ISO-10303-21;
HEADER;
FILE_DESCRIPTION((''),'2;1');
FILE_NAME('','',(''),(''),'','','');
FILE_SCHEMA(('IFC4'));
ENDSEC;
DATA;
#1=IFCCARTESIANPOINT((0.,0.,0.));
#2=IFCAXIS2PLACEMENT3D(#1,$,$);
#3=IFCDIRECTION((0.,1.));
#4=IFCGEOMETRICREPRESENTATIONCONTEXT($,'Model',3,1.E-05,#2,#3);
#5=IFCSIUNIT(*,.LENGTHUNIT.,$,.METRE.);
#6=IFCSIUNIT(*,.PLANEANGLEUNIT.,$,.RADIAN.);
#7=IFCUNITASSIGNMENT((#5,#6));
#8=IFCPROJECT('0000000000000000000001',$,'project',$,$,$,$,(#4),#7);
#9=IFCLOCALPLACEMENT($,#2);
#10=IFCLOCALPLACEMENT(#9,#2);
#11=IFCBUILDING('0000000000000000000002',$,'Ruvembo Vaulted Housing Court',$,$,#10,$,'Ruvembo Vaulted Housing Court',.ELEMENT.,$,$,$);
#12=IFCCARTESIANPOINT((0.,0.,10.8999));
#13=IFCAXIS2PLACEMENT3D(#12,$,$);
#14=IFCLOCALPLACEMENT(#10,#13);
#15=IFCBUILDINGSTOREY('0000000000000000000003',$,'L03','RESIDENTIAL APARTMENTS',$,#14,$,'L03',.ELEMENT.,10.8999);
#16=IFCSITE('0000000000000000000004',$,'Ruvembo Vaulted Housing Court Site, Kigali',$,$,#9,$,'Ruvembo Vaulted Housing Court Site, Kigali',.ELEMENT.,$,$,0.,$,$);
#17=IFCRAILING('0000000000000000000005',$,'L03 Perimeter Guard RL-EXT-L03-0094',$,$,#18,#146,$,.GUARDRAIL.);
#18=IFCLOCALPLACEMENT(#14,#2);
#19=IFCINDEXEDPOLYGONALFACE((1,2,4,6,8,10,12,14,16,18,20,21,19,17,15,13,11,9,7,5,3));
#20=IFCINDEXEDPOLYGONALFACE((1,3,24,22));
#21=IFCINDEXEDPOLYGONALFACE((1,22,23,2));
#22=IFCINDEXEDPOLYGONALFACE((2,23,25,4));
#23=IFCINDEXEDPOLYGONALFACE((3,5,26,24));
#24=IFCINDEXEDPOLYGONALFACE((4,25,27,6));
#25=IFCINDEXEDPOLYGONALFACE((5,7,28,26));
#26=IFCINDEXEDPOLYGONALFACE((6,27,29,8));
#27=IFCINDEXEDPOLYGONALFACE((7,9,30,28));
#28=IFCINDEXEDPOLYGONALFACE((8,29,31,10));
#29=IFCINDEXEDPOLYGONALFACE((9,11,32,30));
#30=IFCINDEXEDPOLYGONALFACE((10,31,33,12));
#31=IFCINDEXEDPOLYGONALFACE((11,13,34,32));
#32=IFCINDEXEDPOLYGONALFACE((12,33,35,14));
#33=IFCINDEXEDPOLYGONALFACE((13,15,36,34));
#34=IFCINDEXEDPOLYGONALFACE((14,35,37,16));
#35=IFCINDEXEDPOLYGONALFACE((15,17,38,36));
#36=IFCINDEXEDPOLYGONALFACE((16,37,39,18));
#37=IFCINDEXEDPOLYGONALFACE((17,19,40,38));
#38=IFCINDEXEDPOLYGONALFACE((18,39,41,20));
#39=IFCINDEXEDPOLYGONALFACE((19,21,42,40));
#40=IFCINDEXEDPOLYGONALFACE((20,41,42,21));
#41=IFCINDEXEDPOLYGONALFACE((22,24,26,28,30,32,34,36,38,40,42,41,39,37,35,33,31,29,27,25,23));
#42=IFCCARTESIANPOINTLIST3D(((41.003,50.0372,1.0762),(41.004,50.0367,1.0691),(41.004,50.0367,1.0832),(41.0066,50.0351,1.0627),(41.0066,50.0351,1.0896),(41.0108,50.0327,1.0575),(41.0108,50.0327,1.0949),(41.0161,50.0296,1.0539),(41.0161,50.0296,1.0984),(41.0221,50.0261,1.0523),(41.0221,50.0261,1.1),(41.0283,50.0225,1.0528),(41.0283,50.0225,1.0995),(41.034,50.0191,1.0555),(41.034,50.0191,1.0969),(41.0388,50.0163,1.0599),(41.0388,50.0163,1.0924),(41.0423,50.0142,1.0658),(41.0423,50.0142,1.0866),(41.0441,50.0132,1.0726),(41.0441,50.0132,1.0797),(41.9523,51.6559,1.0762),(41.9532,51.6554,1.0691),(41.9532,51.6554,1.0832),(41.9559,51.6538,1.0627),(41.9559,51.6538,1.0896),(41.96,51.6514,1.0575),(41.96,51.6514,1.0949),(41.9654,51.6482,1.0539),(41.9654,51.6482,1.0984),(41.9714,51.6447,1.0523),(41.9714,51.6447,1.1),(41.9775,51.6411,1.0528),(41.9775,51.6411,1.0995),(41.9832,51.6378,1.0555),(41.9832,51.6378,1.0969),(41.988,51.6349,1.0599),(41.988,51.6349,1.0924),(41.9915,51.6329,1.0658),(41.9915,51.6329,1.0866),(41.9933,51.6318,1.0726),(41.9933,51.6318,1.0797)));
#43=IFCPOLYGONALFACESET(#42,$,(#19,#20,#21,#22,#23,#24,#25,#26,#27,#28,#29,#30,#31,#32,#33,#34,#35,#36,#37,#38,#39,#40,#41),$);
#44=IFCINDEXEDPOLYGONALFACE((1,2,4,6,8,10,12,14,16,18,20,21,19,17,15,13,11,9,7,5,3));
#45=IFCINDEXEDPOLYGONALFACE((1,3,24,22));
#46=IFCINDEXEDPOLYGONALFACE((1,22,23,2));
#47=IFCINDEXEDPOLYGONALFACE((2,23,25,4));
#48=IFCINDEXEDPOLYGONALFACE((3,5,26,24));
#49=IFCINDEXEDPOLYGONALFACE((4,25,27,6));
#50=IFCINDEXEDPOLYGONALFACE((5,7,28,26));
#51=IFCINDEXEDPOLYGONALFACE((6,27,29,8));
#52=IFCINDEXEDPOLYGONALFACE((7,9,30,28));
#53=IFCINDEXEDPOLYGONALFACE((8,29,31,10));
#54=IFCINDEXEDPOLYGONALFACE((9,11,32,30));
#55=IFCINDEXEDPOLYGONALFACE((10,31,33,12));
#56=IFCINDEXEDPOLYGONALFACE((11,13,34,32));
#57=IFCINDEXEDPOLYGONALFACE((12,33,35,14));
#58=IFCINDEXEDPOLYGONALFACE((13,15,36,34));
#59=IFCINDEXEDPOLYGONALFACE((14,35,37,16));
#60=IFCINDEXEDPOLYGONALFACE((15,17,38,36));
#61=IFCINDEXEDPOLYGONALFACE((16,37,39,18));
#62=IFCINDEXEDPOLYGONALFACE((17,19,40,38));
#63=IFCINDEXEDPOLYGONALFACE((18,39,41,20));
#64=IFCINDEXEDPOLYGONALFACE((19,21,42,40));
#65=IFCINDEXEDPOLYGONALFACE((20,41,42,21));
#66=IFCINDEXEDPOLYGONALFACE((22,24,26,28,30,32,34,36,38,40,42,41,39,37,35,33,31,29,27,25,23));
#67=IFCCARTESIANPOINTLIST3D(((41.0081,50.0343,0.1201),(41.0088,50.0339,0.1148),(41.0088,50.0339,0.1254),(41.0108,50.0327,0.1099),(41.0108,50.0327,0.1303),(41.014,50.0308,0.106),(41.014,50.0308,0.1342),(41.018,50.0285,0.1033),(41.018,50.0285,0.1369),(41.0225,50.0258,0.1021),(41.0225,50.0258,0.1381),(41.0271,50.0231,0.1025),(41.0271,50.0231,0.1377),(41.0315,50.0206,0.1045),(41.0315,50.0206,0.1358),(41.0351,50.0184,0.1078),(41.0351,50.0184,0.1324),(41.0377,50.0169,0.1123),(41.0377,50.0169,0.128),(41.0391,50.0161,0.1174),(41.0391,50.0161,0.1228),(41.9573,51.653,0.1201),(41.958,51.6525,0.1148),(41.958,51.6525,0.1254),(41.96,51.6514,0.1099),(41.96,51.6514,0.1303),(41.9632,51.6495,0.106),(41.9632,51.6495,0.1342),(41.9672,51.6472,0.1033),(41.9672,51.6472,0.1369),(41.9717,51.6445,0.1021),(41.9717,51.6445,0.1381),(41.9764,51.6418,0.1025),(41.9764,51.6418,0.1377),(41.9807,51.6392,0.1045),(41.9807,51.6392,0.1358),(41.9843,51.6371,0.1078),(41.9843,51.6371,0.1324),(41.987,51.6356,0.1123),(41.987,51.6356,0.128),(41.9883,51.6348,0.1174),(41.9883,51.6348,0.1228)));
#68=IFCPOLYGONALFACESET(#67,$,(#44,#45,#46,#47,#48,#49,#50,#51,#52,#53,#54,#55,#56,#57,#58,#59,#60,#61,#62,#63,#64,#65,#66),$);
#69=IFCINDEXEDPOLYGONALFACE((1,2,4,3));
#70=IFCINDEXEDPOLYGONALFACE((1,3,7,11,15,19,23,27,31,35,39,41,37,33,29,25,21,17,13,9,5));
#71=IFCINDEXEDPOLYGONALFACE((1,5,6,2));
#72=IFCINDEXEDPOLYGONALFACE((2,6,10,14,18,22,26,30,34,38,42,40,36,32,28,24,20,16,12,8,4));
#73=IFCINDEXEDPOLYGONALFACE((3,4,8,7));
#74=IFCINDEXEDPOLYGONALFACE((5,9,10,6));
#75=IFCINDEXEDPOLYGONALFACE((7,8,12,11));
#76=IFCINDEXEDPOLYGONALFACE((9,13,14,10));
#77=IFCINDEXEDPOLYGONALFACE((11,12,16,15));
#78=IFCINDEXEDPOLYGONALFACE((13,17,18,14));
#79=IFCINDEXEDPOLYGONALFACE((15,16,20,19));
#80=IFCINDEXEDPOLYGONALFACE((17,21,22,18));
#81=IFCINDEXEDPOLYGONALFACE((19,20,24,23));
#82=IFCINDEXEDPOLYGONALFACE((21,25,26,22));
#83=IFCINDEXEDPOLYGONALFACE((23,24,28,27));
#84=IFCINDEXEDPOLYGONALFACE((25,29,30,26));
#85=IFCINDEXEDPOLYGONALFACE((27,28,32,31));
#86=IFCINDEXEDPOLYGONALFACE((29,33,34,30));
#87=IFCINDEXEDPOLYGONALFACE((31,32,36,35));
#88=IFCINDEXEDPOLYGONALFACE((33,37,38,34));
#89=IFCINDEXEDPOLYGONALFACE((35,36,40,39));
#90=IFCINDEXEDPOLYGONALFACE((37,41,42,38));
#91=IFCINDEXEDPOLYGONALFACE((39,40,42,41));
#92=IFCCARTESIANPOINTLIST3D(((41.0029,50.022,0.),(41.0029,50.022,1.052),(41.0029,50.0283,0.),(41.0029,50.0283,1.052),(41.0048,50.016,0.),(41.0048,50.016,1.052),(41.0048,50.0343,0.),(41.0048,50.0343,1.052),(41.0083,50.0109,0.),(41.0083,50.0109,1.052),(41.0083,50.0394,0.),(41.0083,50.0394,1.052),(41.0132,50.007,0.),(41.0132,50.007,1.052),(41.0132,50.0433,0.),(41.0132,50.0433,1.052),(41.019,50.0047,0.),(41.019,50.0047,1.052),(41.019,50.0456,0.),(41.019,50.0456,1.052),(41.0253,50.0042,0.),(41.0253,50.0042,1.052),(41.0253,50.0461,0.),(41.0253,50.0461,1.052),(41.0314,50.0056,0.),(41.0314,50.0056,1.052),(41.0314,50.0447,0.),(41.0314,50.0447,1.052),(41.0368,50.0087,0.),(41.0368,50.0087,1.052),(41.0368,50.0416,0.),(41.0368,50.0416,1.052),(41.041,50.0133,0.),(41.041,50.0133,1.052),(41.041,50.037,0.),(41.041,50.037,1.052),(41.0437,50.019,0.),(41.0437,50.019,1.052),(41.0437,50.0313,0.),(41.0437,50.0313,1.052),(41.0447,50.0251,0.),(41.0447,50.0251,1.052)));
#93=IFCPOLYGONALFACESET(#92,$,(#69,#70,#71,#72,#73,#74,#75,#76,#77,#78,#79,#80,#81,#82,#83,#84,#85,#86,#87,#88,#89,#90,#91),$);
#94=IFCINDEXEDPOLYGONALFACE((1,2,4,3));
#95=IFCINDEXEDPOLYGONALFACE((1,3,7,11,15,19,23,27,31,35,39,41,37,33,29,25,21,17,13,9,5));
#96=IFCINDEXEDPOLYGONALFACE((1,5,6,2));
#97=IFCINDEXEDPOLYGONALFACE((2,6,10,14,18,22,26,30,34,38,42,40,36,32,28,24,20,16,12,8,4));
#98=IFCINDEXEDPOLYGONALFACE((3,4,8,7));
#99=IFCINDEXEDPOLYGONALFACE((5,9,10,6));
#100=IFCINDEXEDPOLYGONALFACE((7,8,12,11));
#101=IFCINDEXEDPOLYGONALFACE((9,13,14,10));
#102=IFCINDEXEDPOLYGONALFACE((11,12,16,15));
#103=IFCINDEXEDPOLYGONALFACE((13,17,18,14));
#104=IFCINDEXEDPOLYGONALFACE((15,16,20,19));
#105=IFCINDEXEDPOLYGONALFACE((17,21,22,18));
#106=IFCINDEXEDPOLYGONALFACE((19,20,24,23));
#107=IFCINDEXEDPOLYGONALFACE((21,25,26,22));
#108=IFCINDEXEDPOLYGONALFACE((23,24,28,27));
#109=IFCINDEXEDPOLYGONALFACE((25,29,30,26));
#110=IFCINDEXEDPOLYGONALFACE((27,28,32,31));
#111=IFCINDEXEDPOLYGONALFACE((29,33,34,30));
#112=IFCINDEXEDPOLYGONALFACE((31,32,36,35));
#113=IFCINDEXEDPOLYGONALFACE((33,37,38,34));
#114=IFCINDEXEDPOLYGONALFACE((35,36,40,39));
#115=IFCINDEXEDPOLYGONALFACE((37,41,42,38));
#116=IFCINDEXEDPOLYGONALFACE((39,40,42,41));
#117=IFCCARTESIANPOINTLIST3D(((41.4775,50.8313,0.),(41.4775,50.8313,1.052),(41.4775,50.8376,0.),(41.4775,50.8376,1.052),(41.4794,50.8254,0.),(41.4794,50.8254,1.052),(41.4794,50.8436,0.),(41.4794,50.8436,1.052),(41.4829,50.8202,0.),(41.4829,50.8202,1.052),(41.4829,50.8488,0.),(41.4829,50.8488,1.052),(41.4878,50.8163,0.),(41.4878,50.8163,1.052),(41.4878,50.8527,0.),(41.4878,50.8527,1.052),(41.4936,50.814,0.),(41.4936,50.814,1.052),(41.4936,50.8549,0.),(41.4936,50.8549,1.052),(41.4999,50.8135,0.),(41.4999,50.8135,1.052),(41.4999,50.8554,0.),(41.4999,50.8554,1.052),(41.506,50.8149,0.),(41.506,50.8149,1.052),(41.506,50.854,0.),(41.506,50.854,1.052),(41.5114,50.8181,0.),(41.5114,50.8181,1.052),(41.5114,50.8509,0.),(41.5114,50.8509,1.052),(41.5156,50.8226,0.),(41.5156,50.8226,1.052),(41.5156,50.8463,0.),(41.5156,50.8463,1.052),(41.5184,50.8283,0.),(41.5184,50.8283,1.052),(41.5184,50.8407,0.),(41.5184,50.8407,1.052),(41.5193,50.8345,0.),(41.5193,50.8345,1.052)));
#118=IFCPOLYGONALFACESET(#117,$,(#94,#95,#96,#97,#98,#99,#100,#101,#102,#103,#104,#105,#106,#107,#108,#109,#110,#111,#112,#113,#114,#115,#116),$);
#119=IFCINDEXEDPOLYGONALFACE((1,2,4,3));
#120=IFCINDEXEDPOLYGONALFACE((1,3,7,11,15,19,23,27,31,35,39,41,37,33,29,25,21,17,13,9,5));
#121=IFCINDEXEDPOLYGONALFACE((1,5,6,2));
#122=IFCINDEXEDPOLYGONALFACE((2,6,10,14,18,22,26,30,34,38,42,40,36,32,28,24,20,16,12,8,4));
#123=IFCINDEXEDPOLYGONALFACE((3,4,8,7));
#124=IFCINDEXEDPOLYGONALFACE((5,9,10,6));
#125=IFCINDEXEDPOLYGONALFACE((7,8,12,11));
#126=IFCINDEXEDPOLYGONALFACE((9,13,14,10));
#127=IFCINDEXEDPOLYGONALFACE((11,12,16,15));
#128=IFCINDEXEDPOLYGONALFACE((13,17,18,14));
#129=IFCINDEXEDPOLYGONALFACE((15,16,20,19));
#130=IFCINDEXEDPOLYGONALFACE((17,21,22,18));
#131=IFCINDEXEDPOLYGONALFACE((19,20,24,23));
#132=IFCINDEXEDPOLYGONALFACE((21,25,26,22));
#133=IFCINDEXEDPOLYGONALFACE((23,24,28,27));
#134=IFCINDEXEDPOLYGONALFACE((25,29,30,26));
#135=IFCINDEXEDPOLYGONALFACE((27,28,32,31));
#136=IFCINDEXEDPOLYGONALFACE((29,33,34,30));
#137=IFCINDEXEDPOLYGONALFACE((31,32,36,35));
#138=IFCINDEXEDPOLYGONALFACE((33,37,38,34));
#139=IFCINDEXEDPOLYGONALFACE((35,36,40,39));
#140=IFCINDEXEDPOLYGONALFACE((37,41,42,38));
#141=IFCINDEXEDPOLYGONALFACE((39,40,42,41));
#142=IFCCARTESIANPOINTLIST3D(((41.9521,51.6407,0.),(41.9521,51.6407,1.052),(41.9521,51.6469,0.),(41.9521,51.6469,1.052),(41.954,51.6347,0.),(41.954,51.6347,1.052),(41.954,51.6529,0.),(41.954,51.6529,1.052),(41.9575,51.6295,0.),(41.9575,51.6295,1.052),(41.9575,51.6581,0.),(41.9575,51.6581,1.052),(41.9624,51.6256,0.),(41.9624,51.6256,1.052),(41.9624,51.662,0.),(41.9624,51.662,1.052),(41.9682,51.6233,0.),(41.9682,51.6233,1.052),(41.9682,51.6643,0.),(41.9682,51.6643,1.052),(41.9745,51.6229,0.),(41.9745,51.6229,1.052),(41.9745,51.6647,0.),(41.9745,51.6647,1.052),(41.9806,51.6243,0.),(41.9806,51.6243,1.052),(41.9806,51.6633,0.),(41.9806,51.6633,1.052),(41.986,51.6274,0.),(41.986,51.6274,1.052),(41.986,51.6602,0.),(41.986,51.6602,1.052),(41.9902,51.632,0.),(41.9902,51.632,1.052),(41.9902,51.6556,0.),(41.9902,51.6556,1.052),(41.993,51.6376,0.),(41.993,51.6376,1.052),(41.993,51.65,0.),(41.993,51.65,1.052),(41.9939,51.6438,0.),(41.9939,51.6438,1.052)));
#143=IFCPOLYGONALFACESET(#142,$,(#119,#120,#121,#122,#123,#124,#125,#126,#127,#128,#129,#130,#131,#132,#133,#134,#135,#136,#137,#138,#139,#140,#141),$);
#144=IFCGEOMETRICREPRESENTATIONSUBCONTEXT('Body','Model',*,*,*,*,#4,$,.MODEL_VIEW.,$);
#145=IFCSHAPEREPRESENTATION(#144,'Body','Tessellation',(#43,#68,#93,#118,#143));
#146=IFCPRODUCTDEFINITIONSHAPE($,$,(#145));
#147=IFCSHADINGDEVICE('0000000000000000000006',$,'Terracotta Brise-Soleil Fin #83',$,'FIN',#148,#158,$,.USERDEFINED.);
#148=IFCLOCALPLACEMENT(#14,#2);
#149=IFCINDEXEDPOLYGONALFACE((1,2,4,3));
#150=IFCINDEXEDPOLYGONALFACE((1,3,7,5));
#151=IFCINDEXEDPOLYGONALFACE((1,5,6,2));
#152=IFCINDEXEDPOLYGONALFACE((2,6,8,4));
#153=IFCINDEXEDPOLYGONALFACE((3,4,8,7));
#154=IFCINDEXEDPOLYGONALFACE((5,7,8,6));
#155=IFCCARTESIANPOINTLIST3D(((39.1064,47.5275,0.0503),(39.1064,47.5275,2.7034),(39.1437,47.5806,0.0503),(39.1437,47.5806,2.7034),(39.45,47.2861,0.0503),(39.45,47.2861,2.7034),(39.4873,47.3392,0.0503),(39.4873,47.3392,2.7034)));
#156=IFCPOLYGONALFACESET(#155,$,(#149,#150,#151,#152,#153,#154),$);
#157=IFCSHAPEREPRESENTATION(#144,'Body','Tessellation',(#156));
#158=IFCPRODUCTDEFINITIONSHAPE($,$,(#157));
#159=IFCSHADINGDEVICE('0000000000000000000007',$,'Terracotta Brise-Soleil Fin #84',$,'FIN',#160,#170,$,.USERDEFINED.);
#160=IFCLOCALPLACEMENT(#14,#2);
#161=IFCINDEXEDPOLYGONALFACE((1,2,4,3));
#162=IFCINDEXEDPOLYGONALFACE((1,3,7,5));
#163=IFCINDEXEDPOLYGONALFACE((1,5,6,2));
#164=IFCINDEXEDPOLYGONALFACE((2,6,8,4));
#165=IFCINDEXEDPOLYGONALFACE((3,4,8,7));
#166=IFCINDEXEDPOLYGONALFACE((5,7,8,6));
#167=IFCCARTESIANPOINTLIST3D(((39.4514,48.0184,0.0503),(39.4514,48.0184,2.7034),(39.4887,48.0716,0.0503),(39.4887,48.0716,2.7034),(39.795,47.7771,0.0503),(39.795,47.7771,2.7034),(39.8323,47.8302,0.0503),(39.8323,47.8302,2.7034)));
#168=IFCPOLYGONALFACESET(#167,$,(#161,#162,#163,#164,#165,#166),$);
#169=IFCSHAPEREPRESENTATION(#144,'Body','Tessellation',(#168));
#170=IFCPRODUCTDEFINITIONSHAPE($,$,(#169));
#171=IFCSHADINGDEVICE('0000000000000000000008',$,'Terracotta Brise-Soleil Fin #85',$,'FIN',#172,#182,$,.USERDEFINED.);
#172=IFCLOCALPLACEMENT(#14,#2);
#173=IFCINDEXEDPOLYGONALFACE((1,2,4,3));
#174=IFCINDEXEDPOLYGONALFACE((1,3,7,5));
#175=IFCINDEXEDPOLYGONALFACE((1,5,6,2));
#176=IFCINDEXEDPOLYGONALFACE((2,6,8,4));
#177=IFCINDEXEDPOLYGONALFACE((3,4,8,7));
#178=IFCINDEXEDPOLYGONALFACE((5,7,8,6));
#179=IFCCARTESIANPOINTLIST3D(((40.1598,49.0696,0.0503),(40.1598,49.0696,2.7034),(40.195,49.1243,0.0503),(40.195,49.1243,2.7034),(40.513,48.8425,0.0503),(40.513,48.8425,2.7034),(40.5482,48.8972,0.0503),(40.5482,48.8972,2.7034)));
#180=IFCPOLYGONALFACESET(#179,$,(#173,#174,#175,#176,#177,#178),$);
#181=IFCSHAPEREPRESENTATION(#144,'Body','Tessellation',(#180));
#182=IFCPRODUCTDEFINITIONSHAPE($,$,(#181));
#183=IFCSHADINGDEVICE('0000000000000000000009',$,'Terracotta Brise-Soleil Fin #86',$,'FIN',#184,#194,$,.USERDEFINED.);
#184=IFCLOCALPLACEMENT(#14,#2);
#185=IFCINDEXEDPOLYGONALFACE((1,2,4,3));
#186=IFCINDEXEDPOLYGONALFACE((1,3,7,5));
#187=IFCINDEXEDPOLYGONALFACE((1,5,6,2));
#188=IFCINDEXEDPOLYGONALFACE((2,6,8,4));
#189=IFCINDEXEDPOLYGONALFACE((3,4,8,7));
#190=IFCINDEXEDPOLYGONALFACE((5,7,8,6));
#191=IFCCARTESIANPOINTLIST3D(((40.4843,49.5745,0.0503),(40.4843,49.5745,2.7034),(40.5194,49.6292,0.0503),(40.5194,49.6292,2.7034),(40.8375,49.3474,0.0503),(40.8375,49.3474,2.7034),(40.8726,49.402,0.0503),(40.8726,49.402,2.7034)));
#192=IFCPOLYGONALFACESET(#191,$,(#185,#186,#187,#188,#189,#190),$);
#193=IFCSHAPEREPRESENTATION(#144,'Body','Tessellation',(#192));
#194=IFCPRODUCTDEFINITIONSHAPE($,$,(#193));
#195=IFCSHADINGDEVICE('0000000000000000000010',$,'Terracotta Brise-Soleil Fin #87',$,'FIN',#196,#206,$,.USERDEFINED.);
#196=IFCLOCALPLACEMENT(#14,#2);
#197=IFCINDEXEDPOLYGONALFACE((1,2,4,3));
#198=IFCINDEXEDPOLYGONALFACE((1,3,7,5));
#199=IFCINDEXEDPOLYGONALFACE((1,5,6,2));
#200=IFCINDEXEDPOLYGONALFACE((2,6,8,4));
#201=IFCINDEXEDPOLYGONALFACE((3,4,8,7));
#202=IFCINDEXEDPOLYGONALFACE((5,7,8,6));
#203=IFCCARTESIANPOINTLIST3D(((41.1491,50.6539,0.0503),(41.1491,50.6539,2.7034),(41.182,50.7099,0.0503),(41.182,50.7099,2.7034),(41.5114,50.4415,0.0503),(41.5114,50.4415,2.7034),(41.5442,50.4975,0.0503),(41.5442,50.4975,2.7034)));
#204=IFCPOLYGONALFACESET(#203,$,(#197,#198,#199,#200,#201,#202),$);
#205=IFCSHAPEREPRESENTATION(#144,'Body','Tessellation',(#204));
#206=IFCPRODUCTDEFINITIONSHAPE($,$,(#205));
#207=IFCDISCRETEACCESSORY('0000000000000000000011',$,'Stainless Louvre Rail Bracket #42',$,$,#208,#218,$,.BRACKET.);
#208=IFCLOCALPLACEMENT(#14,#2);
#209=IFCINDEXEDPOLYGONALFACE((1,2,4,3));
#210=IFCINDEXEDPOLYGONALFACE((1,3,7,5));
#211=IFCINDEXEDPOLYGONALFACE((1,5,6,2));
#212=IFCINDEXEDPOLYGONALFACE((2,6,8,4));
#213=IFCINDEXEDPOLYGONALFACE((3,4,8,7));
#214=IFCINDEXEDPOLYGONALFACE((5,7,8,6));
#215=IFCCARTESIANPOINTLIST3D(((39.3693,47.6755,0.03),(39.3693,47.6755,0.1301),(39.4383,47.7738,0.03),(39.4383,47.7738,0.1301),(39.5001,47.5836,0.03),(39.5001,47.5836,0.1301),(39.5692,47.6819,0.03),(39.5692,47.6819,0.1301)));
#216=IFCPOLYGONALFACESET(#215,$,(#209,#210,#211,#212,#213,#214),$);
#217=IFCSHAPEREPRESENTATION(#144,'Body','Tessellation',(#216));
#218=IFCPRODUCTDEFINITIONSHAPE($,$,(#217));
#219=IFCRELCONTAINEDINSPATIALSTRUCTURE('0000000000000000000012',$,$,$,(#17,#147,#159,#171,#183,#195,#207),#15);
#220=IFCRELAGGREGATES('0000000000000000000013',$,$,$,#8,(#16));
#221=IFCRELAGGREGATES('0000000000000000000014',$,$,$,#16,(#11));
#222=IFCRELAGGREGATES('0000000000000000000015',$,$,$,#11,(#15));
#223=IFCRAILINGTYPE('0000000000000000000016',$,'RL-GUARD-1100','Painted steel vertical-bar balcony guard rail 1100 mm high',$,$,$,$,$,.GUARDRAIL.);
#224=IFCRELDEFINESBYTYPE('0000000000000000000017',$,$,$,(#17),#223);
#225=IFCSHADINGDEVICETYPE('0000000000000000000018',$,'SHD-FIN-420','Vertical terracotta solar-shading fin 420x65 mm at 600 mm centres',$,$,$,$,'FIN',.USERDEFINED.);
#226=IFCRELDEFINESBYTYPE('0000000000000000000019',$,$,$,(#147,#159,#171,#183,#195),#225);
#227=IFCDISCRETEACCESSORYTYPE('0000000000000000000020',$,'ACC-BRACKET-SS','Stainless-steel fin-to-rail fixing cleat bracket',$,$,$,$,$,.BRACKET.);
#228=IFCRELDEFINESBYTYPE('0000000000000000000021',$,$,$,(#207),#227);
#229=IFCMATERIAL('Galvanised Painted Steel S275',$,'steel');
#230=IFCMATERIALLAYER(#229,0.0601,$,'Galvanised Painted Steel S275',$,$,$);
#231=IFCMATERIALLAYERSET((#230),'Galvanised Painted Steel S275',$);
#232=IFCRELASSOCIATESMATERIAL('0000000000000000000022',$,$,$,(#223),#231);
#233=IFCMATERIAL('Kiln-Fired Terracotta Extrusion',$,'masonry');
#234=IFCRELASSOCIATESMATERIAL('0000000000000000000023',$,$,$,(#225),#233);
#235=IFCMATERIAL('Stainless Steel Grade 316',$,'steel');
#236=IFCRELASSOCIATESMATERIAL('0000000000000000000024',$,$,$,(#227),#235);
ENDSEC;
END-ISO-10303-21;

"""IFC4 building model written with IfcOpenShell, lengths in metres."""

from ifc_helpers import new_model, si_unit, direction, frame, origin, origin_2d, place, context, subcontext, project, spatial, rectangle, circle, extrude, material, layer, layer_set, type_object, element, save


model = new_model("IFC4")

# Units and contexts
model_context = context("Model", 3, precision=1e-05, world=origin(), true_north=direction((0.0, 1.0)))
body_context = subcontext(model_context, "Body", "Model", "MODEL_VIEW")
ifc_project = project(units=[si_unit("LENGTHUNIT", "METRE"), si_unit("PLANEANGLEUNIT", "RADIAN")], contexts=[model_context])

# Site, building, storey
site_placement = place(None, origin())
site = spatial("IfcSite", under=ifc_project, at=site_placement, Name="Ruvembo Vaulted Housing Court Site, Kigali", LongName="Ruvembo Vaulted Housing Court Site, Kigali", CompositionType="ELEMENT", RefElevation=0.0)
building_placement = place(site_placement, origin())
building = spatial("IfcBuilding", under=site, at=building_placement, Name="Ruvembo Vaulted Housing Court", LongName="Ruvembo Vaulted Housing Court", CompositionType="ELEMENT")
storey_placement = place(building_placement, frame((0.0, 0.0, 10.8999)))
storey = spatial("IfcBuildingStorey", under=building, at=storey_placement, Name="L03", Description="RESIDENTIAL APARTMENTS", LongName="L03", CompositionType="ELEMENT", Elevation=10.8999)

# Railing
ifc_material_1 = material(Name="Galvanised Painted Steel S275", Category="steel")
ifc_layer = layer(ifc_material_1, 0.0601, Name="Galvanised Painted Steel S275")
ifc_layer_set = layer_set([ifc_layer], Name="Galvanised Painted Steel S275")
railing_type = type_object("IfcRailingType", Name="RL-GUARD-1100", Description="Painted steel vertical-bar balcony guard rail 1100 mm high", PredefinedType="GUARDRAIL", material=ifc_layer_set)
railing_1_placement = place(storey_placement, frame((41.0237, 50.0251, 0.0)))
element("IfcRailing", 1, at=railing_1_placement, inside=storey, type_object=railing_type, Name="L03 Perimeter Guard RL-EXT-L03-0094", PredefinedType="GUARDRAIL", context=body_context, shape_type="SweptSolid", body=[
    extrude(circle(Radius=0.0239, at=origin_2d()), frame((0.0, 0.0, 1.0762), z_axis=(0.50586, 0.862616, 0.0), x_axis=(-0.862616, 0.50586, 0.0)), (0.0, 0.0, 1.0), 1.8765),
    extrude(circle(Radius=0.0181, at=origin_2d()), frame((0.0, 0.0, 0.1201), z_axis=(0.50586, 0.862616, 0.0), x_axis=(-0.862616, 0.50586, 0.0)), (0.0, 0.0, 1.0), 1.8765),
    extrude(circle(Radius=0.021, at=origin_2d()), origin(), (0.0, 0.0, 1.0), 1.052),
    extrude(circle(Radius=0.021, at=origin_2d()), frame((0.4746, 0.8093, 0.0)), (0.0, 0.0, 1.0), 1.052),
    extrude(circle(Radius=0.021, at=origin_2d()), frame((0.9492, 1.6187, 0.0)), (0.0, 0.0, 1.0), 1.052),
])

# Shading devices
ifc_material_2 = material(Name="Kiln-Fired Terracotta Extrusion", Category="masonry")
shading_device_type = type_object("IfcShadingDeviceType", Name="SHD-FIN-420", Description="Vertical terracotta solar-shading fin 420x65 mm at 600 mm centres", ElementType="FIN", PredefinedType="USERDEFINED", material=ifc_material_2)
for number, where, z_axis, x_axis, name in (
    (2, (39.2969, 47.4333, 0.0503), (0.0, 0.0, 1.0), (0.81828, -0.57482, 0.0), "Terracotta Brise-Soleil Fin #83"),
    (3, (39.6418, 47.9243, 0.0503), (0.0, 0.0, 1.0), (0.81828, -0.57482, 0.0), "Terracotta Brise-Soleil Fin #84"),
    (4, (40.354, 48.9834, 0.0503), (0.0, 0.0, 1.0), (0.841115, -0.540857, 0.0), "Terracotta Brise-Soleil Fin #85"),
    (5, (40.6785, 49.4883, 0.0503), (0.0, 0.0, 1.0), (0.841115, -0.540857, 0.0), "Terracotta Brise-Soleil Fin #86"),
    (6, (41.3467, 50.5757, 0.0503), (0.0, 0.0, 1.0), (0.86262, -0.505853, 0.0), "Terracotta Brise-Soleil Fin #87"),
):
    element("IfcShadingDevice", number, at=place(storey_placement, frame(where, z_axis=z_axis, x_axis=x_axis)), inside=storey, type_object=shading_device_type, Name=name, ObjectType="FIN", PredefinedType="USERDEFINED", context=body_context, shape_type="SweptSolid", body=[
        extrude(rectangle(XDim=0.4199, YDim=0.0649, at=origin_2d()), origin(), (0.0, 0.0, 1.0), 2.6531),
    ])

# Discrete accessory
ifc_material_3 = material(Name="Stainless Steel Grade 316", Category="steel")
discrete_accessory_type = type_object("IfcDiscreteAccessoryType", Name="ACC-BRACKET-SS", Description="Stainless-steel fin-to-rail fixing cleat bracket", PredefinedType="BRACKET", material=ifc_material_3)
for number, where, z_axis, x_axis, name in (
    (7, (39.4692, 47.6787, 0.03), (0.0, 0.0, 1.0), (0.81828, -0.57482, 0.0), "Stainless Louvre Rail Bracket #42"),
):
    element("IfcDiscreteAccessory", number, at=place(storey_placement, frame(where, z_axis=z_axis, x_axis=x_axis)), inside=storey, type_object=discrete_accessory_type, Name=name, PredefinedType="BRACKET", context=body_context, shape_type="SweptSolid", body=[
        extrude(rectangle(XDim=0.1599, YDim=0.1201, at=origin_2d()), origin(), (0.0, 0.0, 1.0), 0.1001),
    ])

save(model, "model.ifc")
